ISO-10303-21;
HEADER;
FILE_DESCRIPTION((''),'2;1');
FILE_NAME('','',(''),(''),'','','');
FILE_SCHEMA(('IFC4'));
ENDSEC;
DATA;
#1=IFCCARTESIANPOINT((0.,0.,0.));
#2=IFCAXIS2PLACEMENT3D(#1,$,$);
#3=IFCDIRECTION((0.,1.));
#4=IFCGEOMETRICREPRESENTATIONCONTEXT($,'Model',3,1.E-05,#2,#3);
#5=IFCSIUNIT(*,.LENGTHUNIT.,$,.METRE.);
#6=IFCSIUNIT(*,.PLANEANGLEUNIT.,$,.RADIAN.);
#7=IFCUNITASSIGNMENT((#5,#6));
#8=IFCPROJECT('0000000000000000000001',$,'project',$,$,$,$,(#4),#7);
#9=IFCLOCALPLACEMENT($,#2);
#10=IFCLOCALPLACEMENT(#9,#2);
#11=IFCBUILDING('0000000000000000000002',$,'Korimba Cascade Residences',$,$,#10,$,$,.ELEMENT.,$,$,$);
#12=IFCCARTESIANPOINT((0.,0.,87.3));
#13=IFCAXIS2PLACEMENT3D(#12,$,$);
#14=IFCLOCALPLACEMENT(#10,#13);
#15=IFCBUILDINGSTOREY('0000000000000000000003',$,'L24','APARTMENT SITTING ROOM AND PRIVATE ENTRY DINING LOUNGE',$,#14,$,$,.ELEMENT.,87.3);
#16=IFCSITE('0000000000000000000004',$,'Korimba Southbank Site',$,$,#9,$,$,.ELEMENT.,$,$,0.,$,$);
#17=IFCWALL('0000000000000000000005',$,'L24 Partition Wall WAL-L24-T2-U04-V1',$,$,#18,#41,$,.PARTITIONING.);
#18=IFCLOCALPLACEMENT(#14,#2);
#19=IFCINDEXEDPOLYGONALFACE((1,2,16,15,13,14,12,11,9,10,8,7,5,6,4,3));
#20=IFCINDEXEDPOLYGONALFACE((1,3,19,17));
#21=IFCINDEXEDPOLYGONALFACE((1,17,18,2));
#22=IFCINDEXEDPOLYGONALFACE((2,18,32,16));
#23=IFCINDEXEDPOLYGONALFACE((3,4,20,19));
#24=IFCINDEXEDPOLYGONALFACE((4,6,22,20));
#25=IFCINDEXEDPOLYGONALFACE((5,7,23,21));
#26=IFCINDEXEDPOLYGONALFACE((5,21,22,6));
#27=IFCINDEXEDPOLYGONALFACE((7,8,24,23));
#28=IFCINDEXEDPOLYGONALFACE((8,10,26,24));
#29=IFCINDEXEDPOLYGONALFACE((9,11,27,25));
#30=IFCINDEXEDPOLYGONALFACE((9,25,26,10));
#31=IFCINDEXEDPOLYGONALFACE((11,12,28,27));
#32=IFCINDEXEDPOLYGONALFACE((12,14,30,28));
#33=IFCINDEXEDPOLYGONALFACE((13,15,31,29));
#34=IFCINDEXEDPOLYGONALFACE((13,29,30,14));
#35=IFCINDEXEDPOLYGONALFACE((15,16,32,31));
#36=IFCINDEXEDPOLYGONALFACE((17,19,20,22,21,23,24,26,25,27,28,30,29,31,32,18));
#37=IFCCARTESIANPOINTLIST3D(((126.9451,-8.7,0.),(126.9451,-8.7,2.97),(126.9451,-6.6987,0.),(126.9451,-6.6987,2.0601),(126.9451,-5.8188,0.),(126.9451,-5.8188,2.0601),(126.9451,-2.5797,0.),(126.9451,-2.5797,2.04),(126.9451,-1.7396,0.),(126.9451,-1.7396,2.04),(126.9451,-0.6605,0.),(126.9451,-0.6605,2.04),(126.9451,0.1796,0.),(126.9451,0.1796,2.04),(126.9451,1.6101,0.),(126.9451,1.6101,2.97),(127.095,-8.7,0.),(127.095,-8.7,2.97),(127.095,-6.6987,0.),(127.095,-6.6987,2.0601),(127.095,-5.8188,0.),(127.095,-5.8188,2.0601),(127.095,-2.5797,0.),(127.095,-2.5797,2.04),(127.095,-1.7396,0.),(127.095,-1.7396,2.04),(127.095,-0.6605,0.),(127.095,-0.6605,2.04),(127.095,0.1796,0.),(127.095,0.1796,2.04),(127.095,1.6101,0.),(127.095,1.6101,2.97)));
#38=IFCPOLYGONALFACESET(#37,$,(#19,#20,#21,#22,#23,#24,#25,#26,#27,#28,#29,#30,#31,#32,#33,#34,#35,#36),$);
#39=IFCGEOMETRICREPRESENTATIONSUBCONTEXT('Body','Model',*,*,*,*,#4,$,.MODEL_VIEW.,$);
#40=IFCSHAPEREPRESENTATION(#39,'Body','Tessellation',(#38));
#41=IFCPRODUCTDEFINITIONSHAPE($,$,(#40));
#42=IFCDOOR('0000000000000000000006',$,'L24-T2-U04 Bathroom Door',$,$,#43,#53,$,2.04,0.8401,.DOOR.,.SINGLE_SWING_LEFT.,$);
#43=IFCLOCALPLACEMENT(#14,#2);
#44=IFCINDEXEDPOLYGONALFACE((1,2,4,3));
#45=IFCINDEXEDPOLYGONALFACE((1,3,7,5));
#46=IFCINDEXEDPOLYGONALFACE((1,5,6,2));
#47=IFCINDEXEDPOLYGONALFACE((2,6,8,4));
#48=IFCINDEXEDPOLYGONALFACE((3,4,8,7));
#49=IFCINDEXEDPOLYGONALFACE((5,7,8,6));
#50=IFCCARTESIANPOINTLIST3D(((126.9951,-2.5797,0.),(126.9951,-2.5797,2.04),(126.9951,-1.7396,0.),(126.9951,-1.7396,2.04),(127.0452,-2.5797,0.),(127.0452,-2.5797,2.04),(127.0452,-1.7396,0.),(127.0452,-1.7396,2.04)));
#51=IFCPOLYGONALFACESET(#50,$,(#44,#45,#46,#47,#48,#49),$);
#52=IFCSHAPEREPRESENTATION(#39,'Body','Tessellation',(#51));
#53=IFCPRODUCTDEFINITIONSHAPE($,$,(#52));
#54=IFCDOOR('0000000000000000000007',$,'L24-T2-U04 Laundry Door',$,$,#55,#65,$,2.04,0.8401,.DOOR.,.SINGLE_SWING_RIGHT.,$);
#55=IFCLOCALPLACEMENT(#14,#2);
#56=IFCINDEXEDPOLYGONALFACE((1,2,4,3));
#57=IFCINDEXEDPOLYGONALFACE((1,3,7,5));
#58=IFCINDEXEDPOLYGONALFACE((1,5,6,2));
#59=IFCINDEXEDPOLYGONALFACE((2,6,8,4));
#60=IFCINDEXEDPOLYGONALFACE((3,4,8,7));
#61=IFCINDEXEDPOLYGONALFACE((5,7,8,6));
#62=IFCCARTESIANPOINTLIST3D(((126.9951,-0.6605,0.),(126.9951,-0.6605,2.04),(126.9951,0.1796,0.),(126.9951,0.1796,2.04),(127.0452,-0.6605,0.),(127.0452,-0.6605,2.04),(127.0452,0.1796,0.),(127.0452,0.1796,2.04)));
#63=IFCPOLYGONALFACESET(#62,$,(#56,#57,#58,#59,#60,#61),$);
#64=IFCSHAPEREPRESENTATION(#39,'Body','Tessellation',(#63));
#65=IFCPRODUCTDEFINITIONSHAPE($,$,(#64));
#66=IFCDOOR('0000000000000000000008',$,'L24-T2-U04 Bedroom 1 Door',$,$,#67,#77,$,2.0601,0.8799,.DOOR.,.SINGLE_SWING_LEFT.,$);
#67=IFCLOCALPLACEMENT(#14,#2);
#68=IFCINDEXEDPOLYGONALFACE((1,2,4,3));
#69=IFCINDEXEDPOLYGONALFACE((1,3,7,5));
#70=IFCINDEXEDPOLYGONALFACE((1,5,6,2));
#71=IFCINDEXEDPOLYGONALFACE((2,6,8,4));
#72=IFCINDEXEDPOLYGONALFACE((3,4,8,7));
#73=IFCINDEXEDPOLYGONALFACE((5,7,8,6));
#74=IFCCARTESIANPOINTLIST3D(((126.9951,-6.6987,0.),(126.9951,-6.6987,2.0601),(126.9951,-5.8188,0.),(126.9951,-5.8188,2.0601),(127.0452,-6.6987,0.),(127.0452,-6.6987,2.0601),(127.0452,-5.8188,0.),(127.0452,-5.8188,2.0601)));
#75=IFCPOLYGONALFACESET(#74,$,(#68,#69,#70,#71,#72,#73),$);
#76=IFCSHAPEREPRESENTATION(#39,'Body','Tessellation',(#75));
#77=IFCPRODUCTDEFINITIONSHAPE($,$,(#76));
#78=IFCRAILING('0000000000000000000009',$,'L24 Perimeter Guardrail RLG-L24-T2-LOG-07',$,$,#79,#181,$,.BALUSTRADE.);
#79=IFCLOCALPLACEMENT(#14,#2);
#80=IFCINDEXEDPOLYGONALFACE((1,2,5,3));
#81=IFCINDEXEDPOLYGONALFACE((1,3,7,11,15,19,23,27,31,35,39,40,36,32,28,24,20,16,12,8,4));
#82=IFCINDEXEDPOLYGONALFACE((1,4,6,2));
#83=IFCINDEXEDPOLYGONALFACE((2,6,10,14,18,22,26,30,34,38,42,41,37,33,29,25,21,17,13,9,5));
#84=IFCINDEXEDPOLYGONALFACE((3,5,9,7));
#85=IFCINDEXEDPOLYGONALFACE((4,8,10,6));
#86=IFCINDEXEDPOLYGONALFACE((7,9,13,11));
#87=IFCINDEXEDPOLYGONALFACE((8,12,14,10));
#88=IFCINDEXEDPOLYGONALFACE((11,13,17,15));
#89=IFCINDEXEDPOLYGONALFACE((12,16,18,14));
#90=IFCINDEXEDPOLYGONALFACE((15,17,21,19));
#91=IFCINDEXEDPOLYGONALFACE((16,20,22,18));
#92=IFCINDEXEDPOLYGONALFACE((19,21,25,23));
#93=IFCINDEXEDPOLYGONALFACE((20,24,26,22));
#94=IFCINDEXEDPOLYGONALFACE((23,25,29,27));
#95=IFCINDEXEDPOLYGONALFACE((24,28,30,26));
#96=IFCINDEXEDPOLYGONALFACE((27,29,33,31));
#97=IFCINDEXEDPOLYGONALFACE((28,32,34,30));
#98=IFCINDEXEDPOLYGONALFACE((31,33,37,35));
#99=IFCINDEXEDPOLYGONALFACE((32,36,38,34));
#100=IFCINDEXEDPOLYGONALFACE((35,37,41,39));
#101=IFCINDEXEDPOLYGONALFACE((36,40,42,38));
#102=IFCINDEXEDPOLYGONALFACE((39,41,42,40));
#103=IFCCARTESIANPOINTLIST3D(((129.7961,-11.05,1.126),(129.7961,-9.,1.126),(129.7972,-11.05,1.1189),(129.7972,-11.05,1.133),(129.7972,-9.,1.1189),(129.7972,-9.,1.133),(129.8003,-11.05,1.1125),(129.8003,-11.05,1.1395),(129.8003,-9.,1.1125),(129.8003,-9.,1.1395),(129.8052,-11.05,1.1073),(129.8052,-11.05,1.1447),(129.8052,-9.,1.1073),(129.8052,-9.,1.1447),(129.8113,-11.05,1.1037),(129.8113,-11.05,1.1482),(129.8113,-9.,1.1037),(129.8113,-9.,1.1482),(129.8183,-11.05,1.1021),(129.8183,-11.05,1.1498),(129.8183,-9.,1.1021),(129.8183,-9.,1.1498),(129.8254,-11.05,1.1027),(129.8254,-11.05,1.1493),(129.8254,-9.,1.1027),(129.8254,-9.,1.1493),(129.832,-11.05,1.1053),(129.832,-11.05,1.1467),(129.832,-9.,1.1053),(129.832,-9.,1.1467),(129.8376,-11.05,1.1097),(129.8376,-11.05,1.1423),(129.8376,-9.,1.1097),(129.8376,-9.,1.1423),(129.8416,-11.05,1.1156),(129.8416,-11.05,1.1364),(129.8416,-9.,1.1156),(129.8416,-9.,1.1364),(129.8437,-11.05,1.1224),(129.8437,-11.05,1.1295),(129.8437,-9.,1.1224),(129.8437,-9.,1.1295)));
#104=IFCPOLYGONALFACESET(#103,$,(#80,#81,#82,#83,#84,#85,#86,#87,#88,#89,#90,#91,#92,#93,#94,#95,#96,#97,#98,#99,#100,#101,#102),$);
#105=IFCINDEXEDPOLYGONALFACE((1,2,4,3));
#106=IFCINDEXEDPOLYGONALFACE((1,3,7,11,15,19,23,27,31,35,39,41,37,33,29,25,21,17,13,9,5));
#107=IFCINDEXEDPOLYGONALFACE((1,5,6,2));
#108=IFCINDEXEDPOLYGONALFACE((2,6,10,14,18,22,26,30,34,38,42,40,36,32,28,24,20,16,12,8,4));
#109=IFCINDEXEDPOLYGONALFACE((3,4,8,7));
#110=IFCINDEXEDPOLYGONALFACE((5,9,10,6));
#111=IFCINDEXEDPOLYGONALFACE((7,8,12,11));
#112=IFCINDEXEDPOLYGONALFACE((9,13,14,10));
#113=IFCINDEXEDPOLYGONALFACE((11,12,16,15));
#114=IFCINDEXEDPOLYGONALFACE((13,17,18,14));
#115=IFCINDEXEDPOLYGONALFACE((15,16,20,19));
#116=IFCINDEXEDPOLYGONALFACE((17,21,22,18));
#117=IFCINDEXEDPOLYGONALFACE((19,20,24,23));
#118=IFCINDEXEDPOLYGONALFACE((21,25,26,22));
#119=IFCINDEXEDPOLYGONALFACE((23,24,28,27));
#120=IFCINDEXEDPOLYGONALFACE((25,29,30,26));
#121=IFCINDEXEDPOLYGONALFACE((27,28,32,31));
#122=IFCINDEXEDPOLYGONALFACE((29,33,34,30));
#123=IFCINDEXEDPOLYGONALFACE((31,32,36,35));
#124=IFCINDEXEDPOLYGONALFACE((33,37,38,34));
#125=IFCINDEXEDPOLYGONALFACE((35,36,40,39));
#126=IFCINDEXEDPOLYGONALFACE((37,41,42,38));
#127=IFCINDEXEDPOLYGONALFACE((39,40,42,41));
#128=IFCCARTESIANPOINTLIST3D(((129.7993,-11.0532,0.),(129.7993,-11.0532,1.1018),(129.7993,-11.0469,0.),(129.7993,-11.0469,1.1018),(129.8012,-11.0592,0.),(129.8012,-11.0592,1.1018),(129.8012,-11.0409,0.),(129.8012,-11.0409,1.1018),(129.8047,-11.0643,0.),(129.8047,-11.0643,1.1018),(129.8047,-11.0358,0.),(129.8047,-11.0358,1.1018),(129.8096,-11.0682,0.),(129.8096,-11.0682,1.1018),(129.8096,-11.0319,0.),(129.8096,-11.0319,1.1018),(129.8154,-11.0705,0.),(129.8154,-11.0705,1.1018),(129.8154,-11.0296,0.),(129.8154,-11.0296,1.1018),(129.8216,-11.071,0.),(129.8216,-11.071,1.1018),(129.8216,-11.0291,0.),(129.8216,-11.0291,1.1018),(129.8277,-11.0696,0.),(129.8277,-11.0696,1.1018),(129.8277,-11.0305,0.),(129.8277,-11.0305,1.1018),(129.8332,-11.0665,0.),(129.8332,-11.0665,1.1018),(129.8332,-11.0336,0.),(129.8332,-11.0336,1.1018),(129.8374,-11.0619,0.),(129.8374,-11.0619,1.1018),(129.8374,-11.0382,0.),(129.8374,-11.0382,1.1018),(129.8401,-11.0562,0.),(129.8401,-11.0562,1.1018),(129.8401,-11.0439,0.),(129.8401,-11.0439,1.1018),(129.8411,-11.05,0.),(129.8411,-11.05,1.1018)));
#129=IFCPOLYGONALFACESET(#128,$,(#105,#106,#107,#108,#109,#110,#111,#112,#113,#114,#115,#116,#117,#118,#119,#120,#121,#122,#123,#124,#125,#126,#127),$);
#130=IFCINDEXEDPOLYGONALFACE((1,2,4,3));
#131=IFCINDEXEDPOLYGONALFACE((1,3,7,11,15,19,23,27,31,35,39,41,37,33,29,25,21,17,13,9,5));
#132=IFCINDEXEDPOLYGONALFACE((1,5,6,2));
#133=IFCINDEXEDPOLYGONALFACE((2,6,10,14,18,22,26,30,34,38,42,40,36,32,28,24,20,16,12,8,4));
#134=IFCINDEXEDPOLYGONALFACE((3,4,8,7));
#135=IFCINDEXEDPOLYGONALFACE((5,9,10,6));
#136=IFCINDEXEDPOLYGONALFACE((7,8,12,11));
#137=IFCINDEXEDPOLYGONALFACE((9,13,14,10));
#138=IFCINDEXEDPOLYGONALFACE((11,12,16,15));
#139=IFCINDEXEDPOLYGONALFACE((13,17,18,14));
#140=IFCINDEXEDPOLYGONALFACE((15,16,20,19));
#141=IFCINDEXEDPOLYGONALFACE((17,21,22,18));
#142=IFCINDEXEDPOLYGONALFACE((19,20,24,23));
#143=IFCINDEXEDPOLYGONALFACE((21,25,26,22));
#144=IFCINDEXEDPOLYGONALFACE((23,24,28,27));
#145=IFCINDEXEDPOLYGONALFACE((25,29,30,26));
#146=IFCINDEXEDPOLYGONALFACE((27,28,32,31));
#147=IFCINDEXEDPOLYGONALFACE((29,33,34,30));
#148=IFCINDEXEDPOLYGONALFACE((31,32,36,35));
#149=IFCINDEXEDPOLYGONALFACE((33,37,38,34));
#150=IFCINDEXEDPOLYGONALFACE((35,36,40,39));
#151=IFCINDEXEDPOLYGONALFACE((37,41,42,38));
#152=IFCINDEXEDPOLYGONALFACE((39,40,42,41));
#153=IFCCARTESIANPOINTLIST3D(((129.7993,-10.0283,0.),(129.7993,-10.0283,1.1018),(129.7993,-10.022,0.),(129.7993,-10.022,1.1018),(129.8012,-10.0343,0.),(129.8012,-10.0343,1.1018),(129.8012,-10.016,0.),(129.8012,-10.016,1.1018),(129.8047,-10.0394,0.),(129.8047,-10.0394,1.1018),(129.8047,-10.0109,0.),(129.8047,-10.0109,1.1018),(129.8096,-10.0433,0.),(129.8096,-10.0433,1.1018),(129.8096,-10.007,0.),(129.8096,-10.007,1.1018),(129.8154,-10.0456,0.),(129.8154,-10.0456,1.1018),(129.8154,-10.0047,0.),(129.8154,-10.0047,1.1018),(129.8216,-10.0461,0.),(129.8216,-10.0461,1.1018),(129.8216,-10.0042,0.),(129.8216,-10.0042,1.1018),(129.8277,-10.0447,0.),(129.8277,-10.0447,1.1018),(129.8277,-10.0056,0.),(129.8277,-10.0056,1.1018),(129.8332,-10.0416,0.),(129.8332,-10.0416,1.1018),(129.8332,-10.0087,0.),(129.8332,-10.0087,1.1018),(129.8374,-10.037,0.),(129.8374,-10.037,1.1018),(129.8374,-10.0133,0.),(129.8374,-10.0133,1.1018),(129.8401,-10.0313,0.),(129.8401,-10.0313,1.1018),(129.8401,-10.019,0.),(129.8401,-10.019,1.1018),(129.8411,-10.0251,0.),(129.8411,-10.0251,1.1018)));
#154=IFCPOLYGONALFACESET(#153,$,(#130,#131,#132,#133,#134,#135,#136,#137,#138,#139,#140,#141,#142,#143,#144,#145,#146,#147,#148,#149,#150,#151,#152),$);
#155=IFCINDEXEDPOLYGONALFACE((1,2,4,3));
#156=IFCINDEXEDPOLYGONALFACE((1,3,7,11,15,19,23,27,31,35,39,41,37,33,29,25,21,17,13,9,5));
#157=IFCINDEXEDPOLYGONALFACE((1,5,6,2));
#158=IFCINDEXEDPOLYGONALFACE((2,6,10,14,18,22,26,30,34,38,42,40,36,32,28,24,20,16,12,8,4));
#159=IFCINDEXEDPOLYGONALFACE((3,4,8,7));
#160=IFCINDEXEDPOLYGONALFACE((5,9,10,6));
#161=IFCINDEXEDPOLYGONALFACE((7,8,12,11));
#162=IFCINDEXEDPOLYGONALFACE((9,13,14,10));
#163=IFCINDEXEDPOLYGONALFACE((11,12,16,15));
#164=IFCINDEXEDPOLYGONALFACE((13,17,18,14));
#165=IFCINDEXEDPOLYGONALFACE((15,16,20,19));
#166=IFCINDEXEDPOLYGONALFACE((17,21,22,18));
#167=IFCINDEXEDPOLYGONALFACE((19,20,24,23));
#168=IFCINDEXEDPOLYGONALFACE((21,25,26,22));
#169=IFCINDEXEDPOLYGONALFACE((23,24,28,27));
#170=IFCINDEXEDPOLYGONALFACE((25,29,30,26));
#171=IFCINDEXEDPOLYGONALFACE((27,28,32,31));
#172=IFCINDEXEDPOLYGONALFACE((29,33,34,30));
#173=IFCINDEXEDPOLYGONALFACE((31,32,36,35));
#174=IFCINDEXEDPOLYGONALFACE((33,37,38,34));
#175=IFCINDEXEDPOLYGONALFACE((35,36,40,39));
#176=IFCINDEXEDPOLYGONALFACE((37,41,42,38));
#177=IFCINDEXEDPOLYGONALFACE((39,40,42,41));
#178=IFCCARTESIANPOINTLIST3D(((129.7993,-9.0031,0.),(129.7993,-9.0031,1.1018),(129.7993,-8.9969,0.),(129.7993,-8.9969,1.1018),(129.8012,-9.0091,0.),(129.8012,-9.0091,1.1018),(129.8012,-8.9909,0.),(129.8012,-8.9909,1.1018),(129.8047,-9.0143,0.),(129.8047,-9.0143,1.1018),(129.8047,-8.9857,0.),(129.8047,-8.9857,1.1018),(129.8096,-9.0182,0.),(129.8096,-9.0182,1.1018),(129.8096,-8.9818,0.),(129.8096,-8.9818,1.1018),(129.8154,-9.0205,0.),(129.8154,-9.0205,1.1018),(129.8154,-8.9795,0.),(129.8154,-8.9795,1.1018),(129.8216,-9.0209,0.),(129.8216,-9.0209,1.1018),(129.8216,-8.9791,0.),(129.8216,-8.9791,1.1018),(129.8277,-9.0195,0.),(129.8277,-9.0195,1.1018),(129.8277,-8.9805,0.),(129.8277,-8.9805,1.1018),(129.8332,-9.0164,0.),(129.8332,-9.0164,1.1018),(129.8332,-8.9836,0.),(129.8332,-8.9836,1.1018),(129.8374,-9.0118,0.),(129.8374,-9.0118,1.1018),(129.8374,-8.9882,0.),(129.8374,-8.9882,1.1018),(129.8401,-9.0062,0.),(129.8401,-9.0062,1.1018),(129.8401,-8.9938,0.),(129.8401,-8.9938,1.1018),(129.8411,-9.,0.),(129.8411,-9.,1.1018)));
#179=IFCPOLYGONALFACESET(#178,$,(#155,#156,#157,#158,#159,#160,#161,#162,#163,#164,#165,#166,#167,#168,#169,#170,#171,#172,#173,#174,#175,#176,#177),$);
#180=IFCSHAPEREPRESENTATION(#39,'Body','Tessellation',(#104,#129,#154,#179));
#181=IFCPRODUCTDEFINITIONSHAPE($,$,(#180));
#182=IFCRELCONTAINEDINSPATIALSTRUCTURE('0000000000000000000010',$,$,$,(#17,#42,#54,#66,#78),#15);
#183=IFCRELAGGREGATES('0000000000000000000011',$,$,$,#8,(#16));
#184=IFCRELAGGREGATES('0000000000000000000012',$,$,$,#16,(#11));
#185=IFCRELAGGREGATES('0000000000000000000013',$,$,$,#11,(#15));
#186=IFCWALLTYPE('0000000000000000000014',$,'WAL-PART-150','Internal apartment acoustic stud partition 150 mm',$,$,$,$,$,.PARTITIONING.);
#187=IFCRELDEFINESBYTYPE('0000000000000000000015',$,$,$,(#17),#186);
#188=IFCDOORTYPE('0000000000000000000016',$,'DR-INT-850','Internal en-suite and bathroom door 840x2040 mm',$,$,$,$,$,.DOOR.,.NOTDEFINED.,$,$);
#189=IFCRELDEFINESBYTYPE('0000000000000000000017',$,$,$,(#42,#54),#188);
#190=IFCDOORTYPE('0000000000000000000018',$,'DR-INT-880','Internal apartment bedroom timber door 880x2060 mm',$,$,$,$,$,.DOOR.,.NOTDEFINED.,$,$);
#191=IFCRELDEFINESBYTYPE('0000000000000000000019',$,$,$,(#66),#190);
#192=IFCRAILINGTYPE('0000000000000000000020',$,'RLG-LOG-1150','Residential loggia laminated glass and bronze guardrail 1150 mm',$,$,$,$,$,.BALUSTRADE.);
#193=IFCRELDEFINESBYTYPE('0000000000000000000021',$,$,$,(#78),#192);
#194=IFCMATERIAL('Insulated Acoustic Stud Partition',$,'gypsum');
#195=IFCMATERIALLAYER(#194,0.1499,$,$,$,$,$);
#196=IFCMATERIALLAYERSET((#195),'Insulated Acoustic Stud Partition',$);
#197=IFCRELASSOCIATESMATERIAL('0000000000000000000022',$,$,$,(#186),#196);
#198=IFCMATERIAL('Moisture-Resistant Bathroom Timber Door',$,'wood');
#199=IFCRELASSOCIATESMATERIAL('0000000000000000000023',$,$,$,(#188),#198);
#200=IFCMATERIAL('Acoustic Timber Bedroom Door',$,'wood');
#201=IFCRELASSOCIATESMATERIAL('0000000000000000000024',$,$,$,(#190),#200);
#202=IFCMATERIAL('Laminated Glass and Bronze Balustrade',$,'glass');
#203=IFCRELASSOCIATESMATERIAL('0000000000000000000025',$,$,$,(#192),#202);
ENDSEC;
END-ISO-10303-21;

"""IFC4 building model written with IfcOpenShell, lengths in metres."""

from ifc_helpers import new_model, si_unit, direction, frame, frame_2d, origin, origin_2d, place, context, subcontext, project, spatial, rectangle, circle, extrude, material, layer, layer_set, type_object, element, fill, save


model = new_model("IFC4")

# Units and contexts
model_context = context("Model", 3, precision=1e-05, world=origin(), true_north=direction((0.0, 1.0)))
body_context = subcontext(model_context, "Body", "Model", "MODEL_VIEW")
ifc_project = project(units=[si_unit("LENGTHUNIT", "METRE"), si_unit("PLANEANGLEUNIT", "RADIAN")], contexts=[model_context])

# Site, building, storey
site_placement = place(None, origin())
site = spatial("IfcSite", under=ifc_project, at=site_placement, Name="Korimba Southbank Site", CompositionType="ELEMENT", RefElevation=0.0)
building_placement = place(site_placement, origin())
building = spatial("IfcBuilding", under=site, at=building_placement, Name="Korimba Cascade Residences", CompositionType="ELEMENT")
storey_placement = place(building_placement, frame((0.0, 0.0, 87.3)))
storey = spatial("IfcBuildingStorey", under=building, at=storey_placement, Name="L24", Description="APARTMENT SITTING ROOM AND PRIVATE ENTRY DINING LOUNGE", CompositionType="ELEMENT", Elevation=87.3)

# Shared definitions
ifc_material_1 = material(Name="Insulated Acoustic Stud Partition", Category="gypsum")
ifc_layer_1 = layer(ifc_material_1, 0.1499)
ifc_layer_set_1 = layer_set([ifc_layer_1], Name="Insulated Acoustic Stud Partition")
wall_type_1 = type_object("IfcWallType", Name="WAL-PART-150", Description="Internal apartment acoustic stud partition 150 mm", PredefinedType="PARTITIONING", material=ifc_layer_set_1)

# Wall, openings, doors
wall_1_placement = place(storey_placement, frame((127.02, -8.7, 0.0), z_axis=(0.0, 0.0, 1.0), x_axis=(0.0, 1.0, 0.0)))
wall_1 = element("IfcWall", 1, at=wall_1_placement, inside=storey, type_object=wall_type_1, Name="L24 Partition Wall WAL-L24-T2-U04-V1", PredefinedType="PARTITIONING", context=body_context, shape_type="SweptSolid", body=[
    extrude(rectangle(XDim=10.3101, YDim=0.1499, at=frame_2d((5.155, 0.0))), origin(), (0.0, 0.0, 1.0), 2.97),
])
opening_1_placement = place(wall_1_placement, frame((6.1204, 0.0, 0.0)))
opening_1 = element("IfcOpeningElement", 2, at=opening_1_placement, cuts=wall_1, PredefinedType="OPENING", context=body_context, shape_type="SweptSolid", body=[
    extrude(rectangle(XDim=0.8401, YDim=2.04, at=frame_2d((0.4199, 1.02))), frame((0.0, 0.085, 0.0), z_axis=(0.0, -1.0, 0.0), x_axis=(1.0, 0.0, 0.0)), (0.0, 0.0, 1.0), 0.1699),
])
opening_2_placement = place(wall_1_placement, frame((8.0396, 0.0, 0.0)))
opening_2 = element("IfcOpeningElement", 3, at=opening_2_placement, cuts=wall_1, PredefinedType="OPENING", context=body_context, shape_type="SweptSolid", body=[
    extrude(rectangle(XDim=0.8401, YDim=2.04, at=frame_2d((0.4199, 1.02))), frame((0.0, 0.085, 0.0), z_axis=(0.0, -1.0, 0.0), x_axis=(1.0, 0.0, 0.0)), (0.0, 0.0, 1.0), 0.1699),
])
opening_3_placement = place(wall_1_placement, frame((2.0012, 0.0, 0.0)))
opening_3 = element("IfcOpeningElement", 4, at=opening_3_placement, cuts=wall_1, PredefinedType="OPENING", context=body_context, shape_type="SweptSolid", body=[
    extrude(rectangle(XDim=0.8799, YDim=2.0601, at=frame_2d((0.4399, 1.03))), frame((0.0, 0.085, 0.0), z_axis=(0.0, -1.0, 0.0), x_axis=(1.0, 0.0, 0.0)), (0.0, 0.0, 1.0), 0.1699),
])
ifc_material_2 = material(Name="Moisture-Resistant Bathroom Timber Door", Category="wood")
door_type_1 = type_object("IfcDoorType", Name="DR-INT-850", Description="Internal en-suite and bathroom door 840x2040 mm", OperationType="NOTDEFINED", PredefinedType="DOOR", material=ifc_material_2)
door_1_placement = place(opening_1_placement, origin())
door_1 = element("IfcDoor", 5, at=door_1_placement, inside=storey, type_object=door_type_1, Name="L24-T2-U04 Bathroom Door", OperationType="SINGLE_SWING_LEFT", OverallHeight=2.04, OverallWidth=0.8401, PredefinedType="DOOR", context=body_context, shape_type="SweptSolid", body=[
    extrude(rectangle(XDim=0.8401, YDim=2.04, at=frame_2d((0.4199, 1.02))), frame((0.0, 0.0249, 0.0), z_axis=(0.0, -1.0, 0.0), x_axis=(1.0, 0.0, 0.0)), (0.0, 0.0, 1.0), 0.05),
])
fill(opening_1, door_1)
door_2_placement = place(opening_2_placement, origin())
door_2 = element("IfcDoor", 6, at=door_2_placement, inside=storey, type_object=door_type_1, Name="L24-T2-U04 Laundry Door", OperationType="SINGLE_SWING_RIGHT", OverallHeight=2.04, OverallWidth=0.8401, PredefinedType="DOOR", context=body_context, shape_type="SweptSolid", body=[
    extrude(rectangle(XDim=0.8401, YDim=2.04, at=frame_2d((0.4199, 1.02))), frame((0.0, 0.0249, 0.0), z_axis=(0.0, -1.0, 0.0), x_axis=(1.0, 0.0, 0.0)), (0.0, 0.0, 1.0), 0.05),
])
fill(opening_2, door_2)
ifc_material_3 = material(Name="Acoustic Timber Bedroom Door", Category="wood")
door_type_2 = type_object("IfcDoorType", Name="DR-INT-880", Description="Internal apartment bedroom timber door 880x2060 mm", OperationType="NOTDEFINED", PredefinedType="DOOR", material=ifc_material_3)
door_3_placement = place(opening_3_placement, origin())
door_3 = element("IfcDoor", 7, at=door_3_placement, inside=storey, type_object=door_type_2, Name="L24-T2-U04 Bedroom 1 Door", OperationType="SINGLE_SWING_LEFT", OverallHeight=2.0601, OverallWidth=0.8799, PredefinedType="DOOR", context=body_context, shape_type="SweptSolid", body=[
    extrude(rectangle(XDim=0.8799, YDim=2.0601, at=frame_2d((0.4399, 1.03))), frame((0.0, 0.0249, 0.0), z_axis=(0.0, -1.0, 0.0), x_axis=(1.0, 0.0, 0.0)), (0.0, 0.0, 1.0), 0.05),
])
fill(opening_3, door_3)

# Railing
ifc_material_4 = material(Name="Laminated Glass and Bronze Balustrade", Category="glass")
railing_type = type_object("IfcRailingType", Name="RLG-LOG-1150", Description="Residential loggia laminated glass and bronze guardrail 1150 mm", PredefinedType="BALUSTRADE", material=ifc_material_4)
railing_placement = place(storey_placement, frame((129.8201, -11.05, 0.0)))
element("IfcRailing", 8, at=railing_placement, inside=storey, type_object=railing_type, Name="L24 Perimeter Guardrail RLG-L24-T2-LOG-07", PredefinedType="BALUSTRADE", context=body_context, shape_type="SweptSolid", body=[
    extrude(circle(Radius=0.0239, at=origin_2d()), frame((0.0, 0.0, 1.126), z_axis=(0.0, 1.0, 0.0), x_axis=(-1.0, 0.0, 0.0)), (0.0, 0.0, 1.0), 2.05),
    extrude(circle(Radius=0.021, at=origin_2d()), origin(), (0.0, 0.0, 1.0), 1.1018),
    extrude(circle(Radius=0.021, at=origin_2d()), frame((0.0, 1.0249, 0.0)), (0.0, 0.0, 1.0), 1.1018),
    extrude(circle(Radius=0.021, at=origin_2d()), frame((0.0, 2.05, 0.0)), (0.0, 0.0, 1.0), 1.1018),
])

save(model, "model.ifc")
